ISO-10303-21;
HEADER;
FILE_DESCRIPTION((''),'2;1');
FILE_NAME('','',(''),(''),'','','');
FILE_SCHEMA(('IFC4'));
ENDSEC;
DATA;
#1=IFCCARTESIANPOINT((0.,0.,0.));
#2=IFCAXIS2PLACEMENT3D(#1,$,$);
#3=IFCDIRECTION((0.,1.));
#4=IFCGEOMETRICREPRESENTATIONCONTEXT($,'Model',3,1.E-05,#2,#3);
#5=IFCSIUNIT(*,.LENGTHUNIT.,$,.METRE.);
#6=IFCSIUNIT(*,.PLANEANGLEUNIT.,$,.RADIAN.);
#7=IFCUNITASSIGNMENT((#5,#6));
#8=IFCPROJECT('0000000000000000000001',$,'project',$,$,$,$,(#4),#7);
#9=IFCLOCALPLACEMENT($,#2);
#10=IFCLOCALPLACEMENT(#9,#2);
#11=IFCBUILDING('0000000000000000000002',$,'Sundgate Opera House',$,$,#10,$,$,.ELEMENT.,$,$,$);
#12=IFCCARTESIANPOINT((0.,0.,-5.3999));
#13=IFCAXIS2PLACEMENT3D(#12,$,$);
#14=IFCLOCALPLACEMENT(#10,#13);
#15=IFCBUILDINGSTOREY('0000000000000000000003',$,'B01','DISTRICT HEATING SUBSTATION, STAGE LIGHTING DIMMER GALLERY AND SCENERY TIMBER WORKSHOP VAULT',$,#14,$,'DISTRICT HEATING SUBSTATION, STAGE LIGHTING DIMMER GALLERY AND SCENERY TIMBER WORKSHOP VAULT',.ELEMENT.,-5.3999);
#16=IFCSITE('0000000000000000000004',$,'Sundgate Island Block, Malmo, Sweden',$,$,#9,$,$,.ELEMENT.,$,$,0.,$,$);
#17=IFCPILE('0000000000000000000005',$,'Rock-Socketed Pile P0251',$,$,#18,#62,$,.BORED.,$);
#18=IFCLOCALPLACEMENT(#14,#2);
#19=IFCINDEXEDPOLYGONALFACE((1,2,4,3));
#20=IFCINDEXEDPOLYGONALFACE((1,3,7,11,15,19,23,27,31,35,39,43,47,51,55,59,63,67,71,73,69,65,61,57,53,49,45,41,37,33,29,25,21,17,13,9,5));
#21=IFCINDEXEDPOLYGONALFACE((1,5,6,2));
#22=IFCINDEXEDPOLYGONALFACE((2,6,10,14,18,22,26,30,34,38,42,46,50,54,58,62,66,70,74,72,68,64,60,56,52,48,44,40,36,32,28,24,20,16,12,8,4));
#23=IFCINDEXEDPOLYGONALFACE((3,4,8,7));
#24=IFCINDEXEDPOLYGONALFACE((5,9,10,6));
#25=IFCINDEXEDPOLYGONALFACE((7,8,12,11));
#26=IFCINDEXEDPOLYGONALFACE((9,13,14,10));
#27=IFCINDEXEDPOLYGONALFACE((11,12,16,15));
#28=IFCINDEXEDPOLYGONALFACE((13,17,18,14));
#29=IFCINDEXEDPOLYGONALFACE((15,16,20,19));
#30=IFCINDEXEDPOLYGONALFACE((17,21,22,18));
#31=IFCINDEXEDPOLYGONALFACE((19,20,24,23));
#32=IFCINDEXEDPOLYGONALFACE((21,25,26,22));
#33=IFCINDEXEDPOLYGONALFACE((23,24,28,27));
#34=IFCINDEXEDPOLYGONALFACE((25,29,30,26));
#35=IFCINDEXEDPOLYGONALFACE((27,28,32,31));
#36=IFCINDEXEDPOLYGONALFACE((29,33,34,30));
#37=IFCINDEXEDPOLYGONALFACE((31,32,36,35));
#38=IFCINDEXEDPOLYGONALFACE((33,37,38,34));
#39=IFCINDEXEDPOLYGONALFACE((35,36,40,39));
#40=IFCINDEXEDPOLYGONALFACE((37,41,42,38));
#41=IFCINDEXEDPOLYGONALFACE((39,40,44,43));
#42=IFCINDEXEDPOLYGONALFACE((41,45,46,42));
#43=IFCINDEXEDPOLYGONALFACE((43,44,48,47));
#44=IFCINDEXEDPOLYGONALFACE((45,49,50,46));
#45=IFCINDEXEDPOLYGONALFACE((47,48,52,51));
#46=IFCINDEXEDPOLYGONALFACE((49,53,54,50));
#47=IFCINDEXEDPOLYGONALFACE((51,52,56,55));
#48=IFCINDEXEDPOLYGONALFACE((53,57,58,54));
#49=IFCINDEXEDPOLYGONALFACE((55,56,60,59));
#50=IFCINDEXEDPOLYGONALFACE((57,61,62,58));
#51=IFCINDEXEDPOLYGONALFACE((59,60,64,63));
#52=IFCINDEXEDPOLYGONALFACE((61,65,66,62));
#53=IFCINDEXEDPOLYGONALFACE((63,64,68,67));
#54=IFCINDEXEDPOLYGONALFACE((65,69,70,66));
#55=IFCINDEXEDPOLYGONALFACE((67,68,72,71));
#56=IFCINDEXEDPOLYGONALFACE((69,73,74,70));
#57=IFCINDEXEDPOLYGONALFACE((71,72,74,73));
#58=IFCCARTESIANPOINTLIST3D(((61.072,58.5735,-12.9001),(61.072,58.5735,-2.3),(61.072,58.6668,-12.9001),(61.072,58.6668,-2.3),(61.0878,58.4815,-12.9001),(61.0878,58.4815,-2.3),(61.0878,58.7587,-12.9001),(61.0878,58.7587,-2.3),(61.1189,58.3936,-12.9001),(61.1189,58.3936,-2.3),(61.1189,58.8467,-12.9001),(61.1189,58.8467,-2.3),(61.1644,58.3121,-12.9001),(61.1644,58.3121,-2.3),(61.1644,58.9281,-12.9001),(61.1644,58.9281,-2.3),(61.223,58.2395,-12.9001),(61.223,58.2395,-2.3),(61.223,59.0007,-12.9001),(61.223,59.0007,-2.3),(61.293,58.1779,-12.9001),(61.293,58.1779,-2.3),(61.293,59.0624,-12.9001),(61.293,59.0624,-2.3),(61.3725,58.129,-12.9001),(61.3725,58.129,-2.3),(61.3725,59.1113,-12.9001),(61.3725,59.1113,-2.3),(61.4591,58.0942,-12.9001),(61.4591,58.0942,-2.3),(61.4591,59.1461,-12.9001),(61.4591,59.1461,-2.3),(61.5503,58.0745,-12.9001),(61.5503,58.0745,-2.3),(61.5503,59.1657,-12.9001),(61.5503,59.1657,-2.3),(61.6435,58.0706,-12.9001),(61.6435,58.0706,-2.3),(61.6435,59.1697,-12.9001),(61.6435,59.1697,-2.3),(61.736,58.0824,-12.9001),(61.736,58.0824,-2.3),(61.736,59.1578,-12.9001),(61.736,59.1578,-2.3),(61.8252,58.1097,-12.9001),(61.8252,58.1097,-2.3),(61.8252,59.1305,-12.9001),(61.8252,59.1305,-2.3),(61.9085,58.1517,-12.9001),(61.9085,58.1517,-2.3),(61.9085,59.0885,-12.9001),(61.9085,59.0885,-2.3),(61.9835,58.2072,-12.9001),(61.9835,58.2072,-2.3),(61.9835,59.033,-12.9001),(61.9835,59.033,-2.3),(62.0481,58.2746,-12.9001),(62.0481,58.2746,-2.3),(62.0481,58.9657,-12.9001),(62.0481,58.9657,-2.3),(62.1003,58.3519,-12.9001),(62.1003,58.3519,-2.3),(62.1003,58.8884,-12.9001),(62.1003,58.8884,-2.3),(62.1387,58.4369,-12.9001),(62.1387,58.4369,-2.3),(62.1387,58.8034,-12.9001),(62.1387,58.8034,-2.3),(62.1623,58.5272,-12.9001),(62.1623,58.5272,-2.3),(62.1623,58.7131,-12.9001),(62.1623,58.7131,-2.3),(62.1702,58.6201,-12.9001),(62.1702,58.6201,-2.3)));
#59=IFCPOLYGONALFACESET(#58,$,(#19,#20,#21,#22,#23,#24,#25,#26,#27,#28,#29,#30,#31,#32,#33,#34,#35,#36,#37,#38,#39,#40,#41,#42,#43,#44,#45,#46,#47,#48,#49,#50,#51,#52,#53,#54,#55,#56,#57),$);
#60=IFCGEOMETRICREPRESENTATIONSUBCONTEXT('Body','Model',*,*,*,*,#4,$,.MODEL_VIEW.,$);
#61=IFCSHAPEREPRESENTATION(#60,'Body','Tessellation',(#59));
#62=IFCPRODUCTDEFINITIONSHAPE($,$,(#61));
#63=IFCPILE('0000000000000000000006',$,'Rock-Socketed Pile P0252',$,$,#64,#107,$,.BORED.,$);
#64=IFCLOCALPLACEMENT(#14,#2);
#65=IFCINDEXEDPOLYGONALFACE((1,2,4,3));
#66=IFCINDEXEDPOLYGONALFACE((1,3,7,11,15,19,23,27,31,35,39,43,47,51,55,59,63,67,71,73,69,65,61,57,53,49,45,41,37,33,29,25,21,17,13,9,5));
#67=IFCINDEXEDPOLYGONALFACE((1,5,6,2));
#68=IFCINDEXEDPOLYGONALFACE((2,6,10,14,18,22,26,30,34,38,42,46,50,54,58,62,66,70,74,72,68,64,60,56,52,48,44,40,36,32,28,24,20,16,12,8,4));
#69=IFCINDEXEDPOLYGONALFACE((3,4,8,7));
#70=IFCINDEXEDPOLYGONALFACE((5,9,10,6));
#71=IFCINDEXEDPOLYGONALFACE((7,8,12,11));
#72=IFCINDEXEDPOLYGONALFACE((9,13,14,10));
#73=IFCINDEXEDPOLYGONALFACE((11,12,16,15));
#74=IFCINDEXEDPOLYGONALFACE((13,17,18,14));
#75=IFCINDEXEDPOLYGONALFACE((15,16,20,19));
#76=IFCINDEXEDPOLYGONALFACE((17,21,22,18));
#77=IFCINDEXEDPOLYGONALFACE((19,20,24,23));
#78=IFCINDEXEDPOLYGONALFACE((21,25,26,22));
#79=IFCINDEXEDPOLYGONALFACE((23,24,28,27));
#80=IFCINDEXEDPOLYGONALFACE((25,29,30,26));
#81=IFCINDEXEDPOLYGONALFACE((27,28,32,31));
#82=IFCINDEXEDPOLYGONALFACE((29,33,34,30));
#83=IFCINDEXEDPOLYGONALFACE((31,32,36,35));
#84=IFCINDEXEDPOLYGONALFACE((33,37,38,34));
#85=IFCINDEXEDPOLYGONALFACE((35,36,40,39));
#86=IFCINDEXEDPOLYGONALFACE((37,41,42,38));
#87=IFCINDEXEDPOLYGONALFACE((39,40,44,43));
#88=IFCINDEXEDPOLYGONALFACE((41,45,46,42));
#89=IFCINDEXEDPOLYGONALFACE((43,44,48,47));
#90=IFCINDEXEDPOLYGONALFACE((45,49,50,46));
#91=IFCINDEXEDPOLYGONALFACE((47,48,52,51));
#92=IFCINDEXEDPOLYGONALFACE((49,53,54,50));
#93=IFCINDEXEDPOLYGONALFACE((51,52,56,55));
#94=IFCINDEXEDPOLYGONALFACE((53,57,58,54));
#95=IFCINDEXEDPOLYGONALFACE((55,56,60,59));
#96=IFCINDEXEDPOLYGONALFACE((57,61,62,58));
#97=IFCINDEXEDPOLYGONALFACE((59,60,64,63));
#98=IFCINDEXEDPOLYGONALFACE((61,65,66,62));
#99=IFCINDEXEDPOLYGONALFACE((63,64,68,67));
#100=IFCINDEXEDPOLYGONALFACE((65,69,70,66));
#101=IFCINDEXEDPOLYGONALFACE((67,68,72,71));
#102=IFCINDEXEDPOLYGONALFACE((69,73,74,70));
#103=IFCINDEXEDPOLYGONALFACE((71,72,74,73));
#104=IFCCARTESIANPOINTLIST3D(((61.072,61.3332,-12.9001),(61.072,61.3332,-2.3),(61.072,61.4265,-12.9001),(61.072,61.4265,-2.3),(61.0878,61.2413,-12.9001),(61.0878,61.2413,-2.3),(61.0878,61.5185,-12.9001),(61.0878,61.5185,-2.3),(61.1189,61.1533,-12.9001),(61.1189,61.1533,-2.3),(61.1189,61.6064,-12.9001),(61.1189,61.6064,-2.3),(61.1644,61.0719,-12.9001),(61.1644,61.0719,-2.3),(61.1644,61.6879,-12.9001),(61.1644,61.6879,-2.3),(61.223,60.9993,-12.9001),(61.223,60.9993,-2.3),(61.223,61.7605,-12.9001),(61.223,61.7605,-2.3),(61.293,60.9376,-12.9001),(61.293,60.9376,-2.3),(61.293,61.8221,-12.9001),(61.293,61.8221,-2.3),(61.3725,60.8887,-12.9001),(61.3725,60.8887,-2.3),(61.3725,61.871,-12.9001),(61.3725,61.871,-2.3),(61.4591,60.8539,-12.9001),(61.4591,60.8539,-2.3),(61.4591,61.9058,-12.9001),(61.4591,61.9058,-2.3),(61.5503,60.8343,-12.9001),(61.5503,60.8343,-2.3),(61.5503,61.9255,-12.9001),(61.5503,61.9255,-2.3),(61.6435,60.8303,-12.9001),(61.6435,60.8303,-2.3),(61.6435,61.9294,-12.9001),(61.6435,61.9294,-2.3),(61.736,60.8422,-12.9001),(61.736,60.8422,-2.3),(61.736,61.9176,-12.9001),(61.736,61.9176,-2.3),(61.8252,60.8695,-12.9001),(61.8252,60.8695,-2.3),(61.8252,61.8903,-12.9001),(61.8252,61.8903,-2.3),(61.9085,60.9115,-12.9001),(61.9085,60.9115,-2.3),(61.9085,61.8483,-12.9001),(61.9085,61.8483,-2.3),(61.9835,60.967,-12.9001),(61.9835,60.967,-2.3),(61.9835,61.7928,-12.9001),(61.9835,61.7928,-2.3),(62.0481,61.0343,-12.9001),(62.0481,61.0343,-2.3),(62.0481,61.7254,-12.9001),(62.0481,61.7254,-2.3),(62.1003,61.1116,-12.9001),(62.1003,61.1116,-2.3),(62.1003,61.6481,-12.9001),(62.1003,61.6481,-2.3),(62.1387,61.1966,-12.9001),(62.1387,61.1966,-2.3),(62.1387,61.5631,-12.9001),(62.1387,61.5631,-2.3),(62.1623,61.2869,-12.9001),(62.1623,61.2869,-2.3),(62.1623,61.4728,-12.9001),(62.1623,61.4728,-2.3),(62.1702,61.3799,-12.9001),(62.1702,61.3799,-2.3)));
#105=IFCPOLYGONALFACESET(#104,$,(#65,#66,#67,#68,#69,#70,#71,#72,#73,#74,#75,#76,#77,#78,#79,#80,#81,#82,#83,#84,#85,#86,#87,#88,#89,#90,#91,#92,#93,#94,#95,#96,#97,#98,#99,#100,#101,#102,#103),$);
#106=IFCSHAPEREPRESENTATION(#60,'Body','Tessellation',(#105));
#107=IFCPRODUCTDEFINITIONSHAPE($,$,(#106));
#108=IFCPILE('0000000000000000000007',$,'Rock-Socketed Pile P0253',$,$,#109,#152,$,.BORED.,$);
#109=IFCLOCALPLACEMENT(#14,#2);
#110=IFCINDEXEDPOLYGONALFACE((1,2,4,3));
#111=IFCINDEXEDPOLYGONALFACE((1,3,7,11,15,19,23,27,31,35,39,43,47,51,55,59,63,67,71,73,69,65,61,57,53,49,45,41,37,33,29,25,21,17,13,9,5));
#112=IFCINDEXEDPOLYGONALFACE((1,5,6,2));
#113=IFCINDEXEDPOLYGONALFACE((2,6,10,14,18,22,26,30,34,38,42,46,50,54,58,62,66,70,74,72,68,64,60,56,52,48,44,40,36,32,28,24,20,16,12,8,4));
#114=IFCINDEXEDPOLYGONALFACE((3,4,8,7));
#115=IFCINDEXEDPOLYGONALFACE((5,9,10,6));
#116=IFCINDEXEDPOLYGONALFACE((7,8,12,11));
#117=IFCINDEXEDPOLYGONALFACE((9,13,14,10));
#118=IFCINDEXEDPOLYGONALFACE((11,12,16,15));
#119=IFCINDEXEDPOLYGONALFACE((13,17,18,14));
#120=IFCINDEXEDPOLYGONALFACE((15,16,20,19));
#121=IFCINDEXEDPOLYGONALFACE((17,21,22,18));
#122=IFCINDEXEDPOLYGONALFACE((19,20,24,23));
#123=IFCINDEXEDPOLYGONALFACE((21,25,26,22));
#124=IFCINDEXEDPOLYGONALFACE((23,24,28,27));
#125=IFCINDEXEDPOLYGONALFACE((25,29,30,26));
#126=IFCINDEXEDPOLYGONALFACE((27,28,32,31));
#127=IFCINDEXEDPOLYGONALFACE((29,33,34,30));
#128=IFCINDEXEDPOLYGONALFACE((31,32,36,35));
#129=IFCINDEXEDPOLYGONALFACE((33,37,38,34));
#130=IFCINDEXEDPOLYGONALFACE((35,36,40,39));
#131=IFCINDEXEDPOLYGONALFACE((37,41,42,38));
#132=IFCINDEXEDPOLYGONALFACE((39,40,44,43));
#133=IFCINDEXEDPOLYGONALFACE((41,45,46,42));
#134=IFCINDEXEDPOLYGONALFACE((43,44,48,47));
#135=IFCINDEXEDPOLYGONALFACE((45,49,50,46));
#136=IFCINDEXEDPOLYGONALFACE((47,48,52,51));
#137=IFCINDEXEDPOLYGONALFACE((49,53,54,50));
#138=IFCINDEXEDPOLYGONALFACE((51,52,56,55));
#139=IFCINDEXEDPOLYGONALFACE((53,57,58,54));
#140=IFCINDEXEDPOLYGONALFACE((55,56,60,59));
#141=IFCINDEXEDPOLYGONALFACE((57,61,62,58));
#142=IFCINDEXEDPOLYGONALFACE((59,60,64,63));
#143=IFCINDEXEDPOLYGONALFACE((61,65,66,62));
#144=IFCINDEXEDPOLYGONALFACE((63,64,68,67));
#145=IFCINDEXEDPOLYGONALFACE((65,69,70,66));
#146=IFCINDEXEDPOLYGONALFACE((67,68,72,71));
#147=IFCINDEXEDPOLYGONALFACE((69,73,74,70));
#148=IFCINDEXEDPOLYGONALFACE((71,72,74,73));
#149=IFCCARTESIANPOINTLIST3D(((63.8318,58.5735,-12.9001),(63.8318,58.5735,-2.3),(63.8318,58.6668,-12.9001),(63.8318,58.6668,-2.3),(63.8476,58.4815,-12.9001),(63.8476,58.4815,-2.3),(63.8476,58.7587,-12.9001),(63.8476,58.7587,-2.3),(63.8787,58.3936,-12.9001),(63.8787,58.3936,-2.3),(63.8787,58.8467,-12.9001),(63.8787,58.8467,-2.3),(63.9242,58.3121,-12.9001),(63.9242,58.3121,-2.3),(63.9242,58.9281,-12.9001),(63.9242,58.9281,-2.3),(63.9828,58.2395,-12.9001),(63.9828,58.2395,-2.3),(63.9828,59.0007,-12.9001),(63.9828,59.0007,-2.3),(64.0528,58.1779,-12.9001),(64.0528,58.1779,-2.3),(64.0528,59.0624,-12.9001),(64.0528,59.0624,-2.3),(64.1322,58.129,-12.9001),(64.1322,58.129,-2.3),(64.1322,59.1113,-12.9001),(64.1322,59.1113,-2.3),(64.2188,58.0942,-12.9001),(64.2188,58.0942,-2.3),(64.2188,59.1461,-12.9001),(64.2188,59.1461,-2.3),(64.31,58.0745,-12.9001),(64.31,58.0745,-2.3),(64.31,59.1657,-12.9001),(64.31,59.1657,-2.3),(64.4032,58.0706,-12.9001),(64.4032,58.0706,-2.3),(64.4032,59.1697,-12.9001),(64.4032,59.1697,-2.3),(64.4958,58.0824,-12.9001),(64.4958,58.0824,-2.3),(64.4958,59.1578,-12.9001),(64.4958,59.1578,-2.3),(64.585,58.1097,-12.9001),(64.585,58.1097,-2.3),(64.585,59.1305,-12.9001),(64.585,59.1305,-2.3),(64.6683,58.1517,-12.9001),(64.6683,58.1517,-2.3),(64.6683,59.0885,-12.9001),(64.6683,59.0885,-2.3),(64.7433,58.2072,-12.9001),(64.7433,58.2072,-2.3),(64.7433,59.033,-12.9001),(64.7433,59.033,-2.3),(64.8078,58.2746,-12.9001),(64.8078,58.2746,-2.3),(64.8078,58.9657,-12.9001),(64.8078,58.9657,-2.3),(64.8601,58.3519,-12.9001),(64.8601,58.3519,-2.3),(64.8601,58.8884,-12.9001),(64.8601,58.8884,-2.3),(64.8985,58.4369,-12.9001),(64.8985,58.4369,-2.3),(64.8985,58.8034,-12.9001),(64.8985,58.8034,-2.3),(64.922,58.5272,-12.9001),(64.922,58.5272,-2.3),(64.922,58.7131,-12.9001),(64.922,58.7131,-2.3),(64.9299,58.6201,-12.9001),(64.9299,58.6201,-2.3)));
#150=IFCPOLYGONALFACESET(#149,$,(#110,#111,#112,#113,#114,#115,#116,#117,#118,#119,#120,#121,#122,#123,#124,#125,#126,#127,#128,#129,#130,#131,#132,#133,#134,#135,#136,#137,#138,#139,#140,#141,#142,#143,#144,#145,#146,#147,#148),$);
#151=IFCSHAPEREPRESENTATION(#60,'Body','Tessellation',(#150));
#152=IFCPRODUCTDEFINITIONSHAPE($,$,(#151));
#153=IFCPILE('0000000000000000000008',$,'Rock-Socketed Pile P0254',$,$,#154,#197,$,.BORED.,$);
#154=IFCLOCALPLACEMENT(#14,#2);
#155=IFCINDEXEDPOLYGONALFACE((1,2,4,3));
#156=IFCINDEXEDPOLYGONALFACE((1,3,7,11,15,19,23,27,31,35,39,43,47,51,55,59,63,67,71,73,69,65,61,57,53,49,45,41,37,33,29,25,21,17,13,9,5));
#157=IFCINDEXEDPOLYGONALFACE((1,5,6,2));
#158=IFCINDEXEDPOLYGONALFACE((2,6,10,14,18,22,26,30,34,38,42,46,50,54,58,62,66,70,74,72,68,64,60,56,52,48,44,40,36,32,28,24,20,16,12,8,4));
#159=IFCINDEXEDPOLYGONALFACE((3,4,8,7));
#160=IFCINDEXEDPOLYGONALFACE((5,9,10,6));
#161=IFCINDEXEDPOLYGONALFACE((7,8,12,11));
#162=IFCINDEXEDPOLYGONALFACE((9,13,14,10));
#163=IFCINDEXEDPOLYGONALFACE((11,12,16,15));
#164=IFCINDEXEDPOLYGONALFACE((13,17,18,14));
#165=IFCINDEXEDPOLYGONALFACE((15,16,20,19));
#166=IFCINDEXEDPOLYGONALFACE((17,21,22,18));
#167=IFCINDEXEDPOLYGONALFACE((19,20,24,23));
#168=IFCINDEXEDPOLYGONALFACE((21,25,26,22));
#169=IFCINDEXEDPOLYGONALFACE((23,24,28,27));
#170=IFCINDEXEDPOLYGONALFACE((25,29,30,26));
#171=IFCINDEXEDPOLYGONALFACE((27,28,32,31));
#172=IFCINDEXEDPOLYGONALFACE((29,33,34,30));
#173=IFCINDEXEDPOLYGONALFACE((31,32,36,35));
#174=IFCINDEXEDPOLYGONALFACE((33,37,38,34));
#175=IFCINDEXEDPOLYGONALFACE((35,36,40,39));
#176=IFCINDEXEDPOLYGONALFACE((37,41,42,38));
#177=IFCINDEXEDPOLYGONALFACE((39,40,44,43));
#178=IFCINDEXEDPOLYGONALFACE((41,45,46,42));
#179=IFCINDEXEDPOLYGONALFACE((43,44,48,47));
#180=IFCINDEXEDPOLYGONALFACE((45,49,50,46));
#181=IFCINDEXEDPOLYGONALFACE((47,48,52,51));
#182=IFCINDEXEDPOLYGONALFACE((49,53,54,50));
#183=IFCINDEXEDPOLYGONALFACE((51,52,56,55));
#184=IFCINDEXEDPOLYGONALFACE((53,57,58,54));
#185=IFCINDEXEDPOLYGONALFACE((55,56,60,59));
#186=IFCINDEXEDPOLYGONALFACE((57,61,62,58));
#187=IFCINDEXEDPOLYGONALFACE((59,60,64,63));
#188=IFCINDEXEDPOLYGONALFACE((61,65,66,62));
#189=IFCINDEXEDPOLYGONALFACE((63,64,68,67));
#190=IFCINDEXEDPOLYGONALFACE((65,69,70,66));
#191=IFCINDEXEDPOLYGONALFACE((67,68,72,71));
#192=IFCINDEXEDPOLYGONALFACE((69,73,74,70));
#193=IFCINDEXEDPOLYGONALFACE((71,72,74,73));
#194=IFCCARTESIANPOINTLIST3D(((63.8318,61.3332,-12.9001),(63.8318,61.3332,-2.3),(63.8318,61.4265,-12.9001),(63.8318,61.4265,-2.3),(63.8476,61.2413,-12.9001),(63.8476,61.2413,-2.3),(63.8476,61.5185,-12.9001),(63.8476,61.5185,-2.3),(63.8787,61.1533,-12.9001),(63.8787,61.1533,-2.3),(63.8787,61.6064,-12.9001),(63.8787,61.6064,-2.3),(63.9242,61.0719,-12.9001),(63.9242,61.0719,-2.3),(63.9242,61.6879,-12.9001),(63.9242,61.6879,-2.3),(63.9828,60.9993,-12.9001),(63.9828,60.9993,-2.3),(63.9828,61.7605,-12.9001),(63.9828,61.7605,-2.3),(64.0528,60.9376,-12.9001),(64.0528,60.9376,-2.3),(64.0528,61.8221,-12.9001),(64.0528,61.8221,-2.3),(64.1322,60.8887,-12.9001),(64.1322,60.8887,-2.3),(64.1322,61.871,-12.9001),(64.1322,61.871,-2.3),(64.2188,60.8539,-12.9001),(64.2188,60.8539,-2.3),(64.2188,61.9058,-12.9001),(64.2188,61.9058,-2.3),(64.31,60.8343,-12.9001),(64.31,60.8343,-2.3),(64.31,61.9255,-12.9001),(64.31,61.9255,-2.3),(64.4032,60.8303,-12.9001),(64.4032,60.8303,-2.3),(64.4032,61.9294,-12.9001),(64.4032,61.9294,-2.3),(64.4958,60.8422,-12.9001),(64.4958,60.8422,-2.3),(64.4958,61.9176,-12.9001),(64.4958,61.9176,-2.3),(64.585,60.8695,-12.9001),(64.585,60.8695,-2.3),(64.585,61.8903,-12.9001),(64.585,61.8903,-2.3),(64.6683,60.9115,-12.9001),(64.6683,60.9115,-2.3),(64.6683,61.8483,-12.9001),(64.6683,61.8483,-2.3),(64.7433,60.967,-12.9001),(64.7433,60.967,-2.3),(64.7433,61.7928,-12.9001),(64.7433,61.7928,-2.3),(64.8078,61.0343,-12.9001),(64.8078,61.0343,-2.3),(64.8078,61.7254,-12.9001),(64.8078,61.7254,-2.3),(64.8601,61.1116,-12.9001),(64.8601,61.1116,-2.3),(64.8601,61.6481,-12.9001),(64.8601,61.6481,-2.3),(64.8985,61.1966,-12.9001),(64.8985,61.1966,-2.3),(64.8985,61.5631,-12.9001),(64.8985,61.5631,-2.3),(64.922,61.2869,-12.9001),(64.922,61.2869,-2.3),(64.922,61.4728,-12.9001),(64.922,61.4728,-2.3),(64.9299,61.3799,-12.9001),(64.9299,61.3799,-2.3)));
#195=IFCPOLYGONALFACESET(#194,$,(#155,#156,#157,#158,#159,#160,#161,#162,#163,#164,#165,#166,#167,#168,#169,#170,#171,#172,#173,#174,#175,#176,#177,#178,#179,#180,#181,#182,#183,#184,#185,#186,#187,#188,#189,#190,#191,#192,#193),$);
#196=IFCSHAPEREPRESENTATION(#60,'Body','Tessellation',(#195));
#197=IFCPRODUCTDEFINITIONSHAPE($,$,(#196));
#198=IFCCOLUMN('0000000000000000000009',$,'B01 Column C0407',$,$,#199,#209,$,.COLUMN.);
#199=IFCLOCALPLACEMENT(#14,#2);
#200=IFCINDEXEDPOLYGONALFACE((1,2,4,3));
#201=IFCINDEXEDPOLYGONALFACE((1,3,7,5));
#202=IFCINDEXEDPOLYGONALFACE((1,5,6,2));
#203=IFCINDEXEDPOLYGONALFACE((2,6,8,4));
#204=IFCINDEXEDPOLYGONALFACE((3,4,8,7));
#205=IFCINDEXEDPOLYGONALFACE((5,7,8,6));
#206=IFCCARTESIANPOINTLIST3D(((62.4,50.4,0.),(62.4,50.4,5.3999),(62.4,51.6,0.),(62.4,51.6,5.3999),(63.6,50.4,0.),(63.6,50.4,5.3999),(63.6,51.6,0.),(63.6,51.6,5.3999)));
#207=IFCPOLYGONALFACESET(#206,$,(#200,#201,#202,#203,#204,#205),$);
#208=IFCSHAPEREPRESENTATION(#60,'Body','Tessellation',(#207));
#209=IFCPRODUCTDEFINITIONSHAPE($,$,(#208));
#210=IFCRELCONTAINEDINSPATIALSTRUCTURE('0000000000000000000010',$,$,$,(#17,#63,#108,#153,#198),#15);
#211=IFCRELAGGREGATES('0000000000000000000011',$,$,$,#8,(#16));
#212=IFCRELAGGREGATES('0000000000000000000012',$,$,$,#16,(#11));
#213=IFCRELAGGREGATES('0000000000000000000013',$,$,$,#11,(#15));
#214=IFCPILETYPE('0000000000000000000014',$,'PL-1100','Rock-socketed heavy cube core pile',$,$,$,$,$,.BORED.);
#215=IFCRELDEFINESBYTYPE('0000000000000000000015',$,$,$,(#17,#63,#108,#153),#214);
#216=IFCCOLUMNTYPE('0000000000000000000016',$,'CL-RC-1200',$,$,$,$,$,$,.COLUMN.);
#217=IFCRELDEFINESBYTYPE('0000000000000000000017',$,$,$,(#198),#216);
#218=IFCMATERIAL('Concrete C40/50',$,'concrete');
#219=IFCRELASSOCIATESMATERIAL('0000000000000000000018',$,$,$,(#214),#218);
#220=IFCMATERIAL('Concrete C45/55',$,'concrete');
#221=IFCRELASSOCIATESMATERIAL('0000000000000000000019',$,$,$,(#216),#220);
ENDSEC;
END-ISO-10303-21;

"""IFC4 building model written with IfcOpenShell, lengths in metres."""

from ifc_helpers import new_model, si_unit, direction, frame, origin, origin_2d, place, context, subcontext, project, spatial, rectangle, circle, extrude, material, material_profile, profile_set, type_object, element, save


model = new_model("IFC4")

# Units and contexts
model_context = context("Model", 3, precision=1e-05, world=origin(), true_north=direction((0.0, 1.0)))
body_context = subcontext(model_context, "Body", "Model", "MODEL_VIEW")
ifc_project = project(units=[si_unit("LENGTHUNIT", "METRE"), si_unit("PLANEANGLEUNIT", "RADIAN")], contexts=[model_context])

# Site, building, storey
site_placement = place(None, origin())
site = spatial("IfcSite", under=ifc_project, at=site_placement, Name="Sundgate Island Block, Malmo, Sweden", CompositionType="ELEMENT", RefElevation=0.0)
building_placement = place(site_placement, origin())
building = spatial("IfcBuilding", under=site, at=building_placement, Name="Sundgate Opera House", CompositionType="ELEMENT")
storey_placement = place(building_placement, frame((0.0, 0.0, -5.3999)))
storey = spatial("IfcBuildingStorey", under=building, at=storey_placement, Name="B01", Description="DISTRICT HEATING SUBSTATION, STAGE LIGHTING DIMMER GALLERY AND SCENERY TIMBER WORKSHOP VAULT", LongName="DISTRICT HEATING SUBSTATION, STAGE LIGHTING DIMMER GALLERY AND SCENERY TIMBER WORKSHOP VAULT", CompositionType="ELEMENT", Elevation=-5.3999)

# Piles
ifc_material_1 = material(Name="Concrete C40/50", Category="concrete")
ifc_material_profile_1 = material_profile(ifc_material_1, circle(Radius=0.55, at=origin_2d()), Name="PILE D1100")
ifc_profile_set_1 = profile_set([ifc_material_profile_1], Name="Concrete C40/50")
pile_type = type_object("IfcPileType", Name="PL-1100", Description="Rock-socketed heavy cube core pile", PredefinedType="BORED", material=ifc_profile_set_1)
for number, where, z_axis, x_axis, name in (
    (1, (61.6201, 58.6201, -2.3), (0.0, 0.0, -1.0), (1.0, 0.0, 0.0), "Rock-Socketed Pile P0251"),
    (2, (61.6201, 61.3799, -2.3), (0.0, 0.0, -1.0), (1.0, 0.0, 0.0), "Rock-Socketed Pile P0252"),
    (3, (64.3799, 58.6201, -2.3), (0.0, 0.0, -1.0), (1.0, 0.0, 0.0), "Rock-Socketed Pile P0253"),
    (4, (64.3799, 61.3799, -2.3), (0.0, 0.0, -1.0), (1.0, 0.0, 0.0), "Rock-Socketed Pile P0254"),
):
    element("IfcPile", number, at=place(storey_placement, frame(where, z_axis=z_axis, x_axis=x_axis)), inside=storey, type_object=pile_type, Name=name, PredefinedType="BORED", context=body_context, shape_type="SweptSolid", body=[
        extrude(circle(Radius=0.55, at=origin_2d()), origin(), (0.0, 0.0, 1.0), 10.6001),
    ])

# Column
ifc_material_2 = material(Name="Concrete C45/55", Category="concrete")
ifc_material_profile_2 = material_profile(ifc_material_2, rectangle(XDim=1.2, YDim=1.2, at=origin_2d()), Name="RC 1200x1200")
ifc_profile_set_2 = profile_set([ifc_material_profile_2], Name="Concrete C45/55")
column_type = type_object("IfcColumnType", Name="CL-RC-1200", PredefinedType="COLUMN", material=ifc_profile_set_2)
for number, where, z_axis, x_axis, name in (
    (5, (63.0, 51.0, 0.0), (0.0, 0.0, 1.0), (1.0, 0.0, 0.0), "B01 Column C0407"),
):
    element("IfcColumn", number, at=place(storey_placement, frame(where, z_axis=z_axis, x_axis=x_axis)), inside=storey, type_object=column_type, Name=name, PredefinedType="COLUMN", context=body_context, shape_type="SweptSolid", body=[
        extrude(rectangle(XDim=1.2, YDim=1.2, at=origin_2d()), origin(), (0.0, 0.0, 1.0), 5.3999),
    ])

save(model, "model.ifc")
